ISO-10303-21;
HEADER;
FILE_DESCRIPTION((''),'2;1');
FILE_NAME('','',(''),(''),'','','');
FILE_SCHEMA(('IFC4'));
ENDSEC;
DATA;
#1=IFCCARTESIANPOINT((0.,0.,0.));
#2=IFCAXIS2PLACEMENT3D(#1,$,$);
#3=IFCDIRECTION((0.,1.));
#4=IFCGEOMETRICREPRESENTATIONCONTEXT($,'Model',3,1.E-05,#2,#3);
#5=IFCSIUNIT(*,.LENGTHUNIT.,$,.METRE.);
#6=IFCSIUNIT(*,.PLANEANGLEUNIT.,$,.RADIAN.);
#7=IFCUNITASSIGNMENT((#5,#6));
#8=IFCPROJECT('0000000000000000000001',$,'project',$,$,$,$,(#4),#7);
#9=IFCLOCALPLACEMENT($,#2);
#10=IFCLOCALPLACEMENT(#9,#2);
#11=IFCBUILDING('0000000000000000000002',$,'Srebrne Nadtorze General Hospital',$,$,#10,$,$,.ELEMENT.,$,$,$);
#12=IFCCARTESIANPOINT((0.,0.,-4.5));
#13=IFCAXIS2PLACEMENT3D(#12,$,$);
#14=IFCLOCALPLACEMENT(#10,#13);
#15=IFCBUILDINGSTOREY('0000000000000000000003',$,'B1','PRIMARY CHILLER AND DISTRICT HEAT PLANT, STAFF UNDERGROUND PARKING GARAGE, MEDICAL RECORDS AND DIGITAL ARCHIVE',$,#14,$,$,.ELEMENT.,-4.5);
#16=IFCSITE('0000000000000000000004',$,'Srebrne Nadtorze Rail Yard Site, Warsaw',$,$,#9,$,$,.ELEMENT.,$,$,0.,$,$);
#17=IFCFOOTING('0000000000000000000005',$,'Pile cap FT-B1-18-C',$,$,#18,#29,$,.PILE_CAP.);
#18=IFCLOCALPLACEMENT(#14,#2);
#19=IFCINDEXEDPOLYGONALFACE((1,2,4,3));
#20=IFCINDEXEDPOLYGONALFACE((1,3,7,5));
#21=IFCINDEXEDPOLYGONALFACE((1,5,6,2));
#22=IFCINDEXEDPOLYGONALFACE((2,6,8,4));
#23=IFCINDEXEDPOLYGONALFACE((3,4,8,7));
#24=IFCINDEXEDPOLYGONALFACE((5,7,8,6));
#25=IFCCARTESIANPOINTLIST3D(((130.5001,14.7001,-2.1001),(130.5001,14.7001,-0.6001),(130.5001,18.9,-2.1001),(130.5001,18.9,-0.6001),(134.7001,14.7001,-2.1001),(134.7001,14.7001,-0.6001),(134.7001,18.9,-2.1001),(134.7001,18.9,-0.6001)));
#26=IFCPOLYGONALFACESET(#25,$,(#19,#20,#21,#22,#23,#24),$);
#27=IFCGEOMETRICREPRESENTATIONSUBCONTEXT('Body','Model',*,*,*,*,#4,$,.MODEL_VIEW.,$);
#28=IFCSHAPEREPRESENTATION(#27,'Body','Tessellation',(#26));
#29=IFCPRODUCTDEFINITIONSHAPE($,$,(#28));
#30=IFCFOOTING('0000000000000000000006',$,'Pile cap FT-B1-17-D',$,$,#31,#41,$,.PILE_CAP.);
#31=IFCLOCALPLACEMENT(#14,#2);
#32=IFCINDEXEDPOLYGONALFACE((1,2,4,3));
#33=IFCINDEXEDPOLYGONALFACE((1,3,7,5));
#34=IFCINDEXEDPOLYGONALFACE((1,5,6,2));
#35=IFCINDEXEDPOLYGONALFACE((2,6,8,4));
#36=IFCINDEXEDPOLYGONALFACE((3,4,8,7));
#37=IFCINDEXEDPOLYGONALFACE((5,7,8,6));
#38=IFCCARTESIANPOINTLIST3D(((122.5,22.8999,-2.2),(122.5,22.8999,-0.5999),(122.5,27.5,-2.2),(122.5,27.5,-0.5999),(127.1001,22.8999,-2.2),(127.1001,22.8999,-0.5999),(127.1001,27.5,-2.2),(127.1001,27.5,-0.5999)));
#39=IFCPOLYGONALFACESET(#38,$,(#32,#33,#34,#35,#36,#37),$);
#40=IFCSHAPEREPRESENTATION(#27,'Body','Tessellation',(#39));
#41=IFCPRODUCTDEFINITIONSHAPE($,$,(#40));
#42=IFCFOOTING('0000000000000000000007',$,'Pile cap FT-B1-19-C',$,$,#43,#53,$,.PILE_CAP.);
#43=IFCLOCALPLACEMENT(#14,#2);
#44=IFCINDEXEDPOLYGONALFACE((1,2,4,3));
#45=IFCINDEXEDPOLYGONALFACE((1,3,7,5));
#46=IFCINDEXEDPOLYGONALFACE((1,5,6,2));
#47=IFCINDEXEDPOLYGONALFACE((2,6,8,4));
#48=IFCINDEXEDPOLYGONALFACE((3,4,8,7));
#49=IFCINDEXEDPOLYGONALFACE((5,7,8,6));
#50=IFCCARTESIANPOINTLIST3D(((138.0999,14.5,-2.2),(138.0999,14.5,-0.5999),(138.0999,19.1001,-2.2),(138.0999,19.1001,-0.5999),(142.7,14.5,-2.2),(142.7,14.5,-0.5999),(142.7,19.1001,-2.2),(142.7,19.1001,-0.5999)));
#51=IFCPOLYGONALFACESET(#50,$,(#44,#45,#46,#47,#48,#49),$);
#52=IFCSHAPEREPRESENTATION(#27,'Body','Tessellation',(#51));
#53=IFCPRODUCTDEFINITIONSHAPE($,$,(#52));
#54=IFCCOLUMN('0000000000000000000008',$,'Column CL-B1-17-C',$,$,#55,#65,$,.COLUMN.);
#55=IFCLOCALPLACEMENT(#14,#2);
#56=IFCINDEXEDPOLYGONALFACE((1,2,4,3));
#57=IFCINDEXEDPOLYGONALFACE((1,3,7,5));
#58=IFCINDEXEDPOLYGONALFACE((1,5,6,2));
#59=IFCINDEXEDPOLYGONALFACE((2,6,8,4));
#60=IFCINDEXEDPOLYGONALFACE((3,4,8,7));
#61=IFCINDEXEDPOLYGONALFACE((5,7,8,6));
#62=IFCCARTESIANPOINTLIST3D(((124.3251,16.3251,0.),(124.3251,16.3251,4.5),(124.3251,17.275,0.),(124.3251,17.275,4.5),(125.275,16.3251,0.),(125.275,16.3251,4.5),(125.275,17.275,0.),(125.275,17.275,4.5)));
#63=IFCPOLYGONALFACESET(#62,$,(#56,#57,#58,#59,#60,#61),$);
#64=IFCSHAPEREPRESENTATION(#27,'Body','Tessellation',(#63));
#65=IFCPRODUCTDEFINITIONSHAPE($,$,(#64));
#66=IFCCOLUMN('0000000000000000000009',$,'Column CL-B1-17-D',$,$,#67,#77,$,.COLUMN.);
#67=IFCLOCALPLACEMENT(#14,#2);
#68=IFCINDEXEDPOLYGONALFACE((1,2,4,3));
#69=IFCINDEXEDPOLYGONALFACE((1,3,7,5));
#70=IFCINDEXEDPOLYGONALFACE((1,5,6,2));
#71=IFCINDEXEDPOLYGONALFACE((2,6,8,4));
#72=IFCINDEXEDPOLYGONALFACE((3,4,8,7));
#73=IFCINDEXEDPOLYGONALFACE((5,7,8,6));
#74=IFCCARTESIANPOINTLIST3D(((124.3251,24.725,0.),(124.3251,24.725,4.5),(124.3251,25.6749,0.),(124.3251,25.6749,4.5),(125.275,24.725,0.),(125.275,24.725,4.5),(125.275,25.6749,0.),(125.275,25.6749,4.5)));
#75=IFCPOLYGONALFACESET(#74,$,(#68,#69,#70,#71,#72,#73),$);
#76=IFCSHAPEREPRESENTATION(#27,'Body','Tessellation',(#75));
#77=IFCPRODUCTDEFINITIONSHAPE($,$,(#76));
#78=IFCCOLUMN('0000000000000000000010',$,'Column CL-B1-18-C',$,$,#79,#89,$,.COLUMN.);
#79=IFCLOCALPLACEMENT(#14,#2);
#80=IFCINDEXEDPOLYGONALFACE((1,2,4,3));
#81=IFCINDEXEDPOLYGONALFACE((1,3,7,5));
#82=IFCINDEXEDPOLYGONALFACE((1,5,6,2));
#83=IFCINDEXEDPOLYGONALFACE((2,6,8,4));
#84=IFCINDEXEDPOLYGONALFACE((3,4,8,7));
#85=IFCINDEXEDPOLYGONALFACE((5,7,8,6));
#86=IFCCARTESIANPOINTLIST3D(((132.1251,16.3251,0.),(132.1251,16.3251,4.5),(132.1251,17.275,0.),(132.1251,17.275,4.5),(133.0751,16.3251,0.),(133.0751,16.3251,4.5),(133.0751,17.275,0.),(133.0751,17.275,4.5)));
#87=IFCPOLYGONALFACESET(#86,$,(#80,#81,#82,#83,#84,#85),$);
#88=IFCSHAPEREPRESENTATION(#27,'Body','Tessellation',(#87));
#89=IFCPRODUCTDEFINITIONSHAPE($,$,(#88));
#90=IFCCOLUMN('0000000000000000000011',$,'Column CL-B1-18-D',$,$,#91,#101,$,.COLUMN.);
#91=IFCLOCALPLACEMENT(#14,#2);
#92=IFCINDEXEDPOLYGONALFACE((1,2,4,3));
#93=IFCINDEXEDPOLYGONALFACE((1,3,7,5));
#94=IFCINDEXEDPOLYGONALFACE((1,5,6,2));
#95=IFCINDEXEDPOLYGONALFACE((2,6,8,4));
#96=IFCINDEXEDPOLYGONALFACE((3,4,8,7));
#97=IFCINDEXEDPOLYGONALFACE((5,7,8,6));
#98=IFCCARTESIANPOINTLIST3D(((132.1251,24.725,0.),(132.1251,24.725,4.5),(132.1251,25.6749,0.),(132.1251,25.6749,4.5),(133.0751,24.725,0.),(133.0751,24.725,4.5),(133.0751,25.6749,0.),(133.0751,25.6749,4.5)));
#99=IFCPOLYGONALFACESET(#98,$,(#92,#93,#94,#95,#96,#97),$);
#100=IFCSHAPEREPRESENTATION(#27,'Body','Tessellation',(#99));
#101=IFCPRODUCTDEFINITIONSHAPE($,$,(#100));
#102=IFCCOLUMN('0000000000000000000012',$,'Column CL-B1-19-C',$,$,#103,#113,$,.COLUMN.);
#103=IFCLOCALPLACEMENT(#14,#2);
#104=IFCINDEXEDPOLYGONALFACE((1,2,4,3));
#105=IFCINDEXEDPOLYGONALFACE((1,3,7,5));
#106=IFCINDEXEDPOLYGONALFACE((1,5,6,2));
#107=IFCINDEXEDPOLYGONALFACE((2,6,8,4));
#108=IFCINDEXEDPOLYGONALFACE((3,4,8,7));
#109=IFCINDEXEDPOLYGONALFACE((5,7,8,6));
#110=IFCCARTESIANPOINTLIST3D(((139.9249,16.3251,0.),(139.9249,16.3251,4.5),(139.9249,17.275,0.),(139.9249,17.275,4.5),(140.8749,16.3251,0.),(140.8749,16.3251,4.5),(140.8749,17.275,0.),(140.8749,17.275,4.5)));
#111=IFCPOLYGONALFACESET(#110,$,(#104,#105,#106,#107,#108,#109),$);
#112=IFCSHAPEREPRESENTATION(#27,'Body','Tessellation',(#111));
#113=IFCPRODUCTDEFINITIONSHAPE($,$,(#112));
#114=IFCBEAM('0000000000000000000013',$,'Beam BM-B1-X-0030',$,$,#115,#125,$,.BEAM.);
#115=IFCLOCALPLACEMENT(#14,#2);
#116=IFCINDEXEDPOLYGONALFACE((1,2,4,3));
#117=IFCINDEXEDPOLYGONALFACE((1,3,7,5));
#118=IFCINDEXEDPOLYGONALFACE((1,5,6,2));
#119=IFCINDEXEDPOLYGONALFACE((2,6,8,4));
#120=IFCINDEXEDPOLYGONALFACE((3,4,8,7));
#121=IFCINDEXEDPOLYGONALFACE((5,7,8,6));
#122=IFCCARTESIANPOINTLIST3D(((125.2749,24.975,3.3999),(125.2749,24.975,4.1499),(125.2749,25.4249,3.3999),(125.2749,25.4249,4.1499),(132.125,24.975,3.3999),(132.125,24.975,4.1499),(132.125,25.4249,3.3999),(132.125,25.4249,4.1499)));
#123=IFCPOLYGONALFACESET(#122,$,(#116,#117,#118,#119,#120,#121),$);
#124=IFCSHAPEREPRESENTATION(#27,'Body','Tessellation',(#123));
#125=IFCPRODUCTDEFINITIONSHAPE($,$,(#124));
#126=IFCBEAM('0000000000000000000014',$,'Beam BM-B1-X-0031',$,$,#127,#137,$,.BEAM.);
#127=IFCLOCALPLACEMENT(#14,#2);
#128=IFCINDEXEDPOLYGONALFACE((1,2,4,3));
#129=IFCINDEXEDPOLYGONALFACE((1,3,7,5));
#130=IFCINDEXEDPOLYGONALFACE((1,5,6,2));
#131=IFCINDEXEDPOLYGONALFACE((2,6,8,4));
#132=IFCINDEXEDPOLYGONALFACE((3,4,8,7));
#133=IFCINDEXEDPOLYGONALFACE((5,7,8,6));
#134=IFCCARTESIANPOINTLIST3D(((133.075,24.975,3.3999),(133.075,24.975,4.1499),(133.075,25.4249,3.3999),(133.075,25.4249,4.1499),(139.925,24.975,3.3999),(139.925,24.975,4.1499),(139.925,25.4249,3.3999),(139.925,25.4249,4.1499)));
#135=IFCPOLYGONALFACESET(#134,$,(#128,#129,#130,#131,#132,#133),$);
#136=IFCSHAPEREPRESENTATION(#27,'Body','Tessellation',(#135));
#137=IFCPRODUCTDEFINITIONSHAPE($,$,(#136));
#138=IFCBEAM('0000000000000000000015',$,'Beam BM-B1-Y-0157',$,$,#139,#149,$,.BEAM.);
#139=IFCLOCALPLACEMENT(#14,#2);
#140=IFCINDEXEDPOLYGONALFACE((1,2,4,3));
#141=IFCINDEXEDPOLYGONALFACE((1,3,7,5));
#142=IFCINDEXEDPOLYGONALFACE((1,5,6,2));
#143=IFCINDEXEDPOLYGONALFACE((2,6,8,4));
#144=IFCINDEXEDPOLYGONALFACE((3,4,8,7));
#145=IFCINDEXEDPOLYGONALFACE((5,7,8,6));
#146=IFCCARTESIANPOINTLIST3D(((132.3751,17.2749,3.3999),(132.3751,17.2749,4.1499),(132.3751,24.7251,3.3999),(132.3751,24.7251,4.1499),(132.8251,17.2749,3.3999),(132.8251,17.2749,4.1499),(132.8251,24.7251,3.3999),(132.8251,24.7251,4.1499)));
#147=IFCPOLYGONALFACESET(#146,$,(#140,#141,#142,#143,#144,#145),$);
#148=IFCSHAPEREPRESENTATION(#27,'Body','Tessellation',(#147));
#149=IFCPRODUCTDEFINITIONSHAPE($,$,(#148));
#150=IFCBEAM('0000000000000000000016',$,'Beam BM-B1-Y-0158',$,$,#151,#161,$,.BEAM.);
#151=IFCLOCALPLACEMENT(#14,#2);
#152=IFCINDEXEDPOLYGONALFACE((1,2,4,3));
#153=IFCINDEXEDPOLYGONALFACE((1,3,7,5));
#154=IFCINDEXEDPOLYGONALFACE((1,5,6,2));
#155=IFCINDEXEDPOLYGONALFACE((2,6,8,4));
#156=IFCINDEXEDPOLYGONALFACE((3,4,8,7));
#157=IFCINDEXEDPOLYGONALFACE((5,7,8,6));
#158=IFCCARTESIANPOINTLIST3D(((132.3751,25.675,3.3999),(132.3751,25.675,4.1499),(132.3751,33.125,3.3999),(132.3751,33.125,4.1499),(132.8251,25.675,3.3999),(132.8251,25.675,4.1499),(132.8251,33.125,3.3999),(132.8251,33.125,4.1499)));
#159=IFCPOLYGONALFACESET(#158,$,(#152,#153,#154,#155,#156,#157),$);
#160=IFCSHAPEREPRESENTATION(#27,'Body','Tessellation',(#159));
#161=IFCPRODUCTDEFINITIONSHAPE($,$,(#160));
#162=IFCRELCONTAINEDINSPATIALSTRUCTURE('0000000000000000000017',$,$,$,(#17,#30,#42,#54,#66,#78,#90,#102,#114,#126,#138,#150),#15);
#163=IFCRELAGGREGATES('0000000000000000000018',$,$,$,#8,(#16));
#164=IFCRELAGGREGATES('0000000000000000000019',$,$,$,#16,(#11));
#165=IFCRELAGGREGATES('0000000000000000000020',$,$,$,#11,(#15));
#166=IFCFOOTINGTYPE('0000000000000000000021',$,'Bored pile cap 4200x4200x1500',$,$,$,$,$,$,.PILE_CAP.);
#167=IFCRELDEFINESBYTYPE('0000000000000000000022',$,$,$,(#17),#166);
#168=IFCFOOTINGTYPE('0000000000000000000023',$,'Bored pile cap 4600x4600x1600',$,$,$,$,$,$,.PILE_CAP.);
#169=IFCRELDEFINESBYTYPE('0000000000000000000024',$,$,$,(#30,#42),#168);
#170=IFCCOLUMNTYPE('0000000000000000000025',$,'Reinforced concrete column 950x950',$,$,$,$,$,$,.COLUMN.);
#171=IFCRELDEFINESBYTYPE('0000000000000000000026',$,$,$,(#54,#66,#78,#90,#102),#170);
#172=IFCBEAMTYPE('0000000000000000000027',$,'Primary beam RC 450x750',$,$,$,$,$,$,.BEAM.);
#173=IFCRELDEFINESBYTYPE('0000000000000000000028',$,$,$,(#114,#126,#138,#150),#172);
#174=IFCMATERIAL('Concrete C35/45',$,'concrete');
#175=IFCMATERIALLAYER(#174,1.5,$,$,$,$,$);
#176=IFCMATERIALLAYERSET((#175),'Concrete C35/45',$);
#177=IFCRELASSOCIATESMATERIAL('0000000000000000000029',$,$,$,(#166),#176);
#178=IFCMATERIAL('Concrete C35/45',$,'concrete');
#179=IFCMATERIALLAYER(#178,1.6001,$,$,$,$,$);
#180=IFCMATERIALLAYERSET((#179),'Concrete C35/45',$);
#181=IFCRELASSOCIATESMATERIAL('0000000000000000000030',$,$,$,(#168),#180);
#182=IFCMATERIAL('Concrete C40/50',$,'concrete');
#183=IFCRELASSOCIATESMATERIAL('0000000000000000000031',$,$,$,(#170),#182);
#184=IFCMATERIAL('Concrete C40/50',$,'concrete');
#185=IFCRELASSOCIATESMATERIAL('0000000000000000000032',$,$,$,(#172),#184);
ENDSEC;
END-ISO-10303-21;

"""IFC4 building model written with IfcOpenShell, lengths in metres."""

from ifc_helpers import new_model, si_unit, direction, frame, origin, origin_2d, place, context, subcontext, project, spatial, rectangle, extrude, material, layer, layer_set, material_profile, profile_set, type_object, element, save


model = new_model("IFC4")

# Units and contexts
model_context = context("Model", 3, precision=1e-05, world=origin(), true_north=direction((0.0, 1.0)))
body_context = subcontext(model_context, "Body", "Model", "MODEL_VIEW")
ifc_project = project(units=[si_unit("LENGTHUNIT", "METRE"), si_unit("PLANEANGLEUNIT", "RADIAN")], contexts=[model_context])

# Site, building, storey
site_placement = place(None, origin())
site = spatial("IfcSite", under=ifc_project, at=site_placement, Name="Srebrne Nadtorze Rail Yard Site, Warsaw", CompositionType="ELEMENT", RefElevation=0.0)
building_placement = place(site_placement, origin())
building = spatial("IfcBuilding", under=site, at=building_placement, Name="Srebrne Nadtorze General Hospital", CompositionType="ELEMENT")
storey_placement = place(building_placement, frame((0.0, 0.0, -4.5)))
storey = spatial("IfcBuildingStorey", under=building, at=storey_placement, Name="B1", Description="PRIMARY CHILLER AND DISTRICT HEAT PLANT, STAFF UNDERGROUND PARKING GARAGE, MEDICAL RECORDS AND DIGITAL ARCHIVE", CompositionType="ELEMENT", Elevation=-4.5)

# Footings
ifc_material_1 = material(Name="Concrete C35/45", Category="concrete")
ifc_layer_1 = layer(ifc_material_1, 1.5)
ifc_layer_set_1 = layer_set([ifc_layer_1], Name="Concrete C35/45")
footing_type_1 = type_object("IfcFootingType", Name="Bored pile cap 4200x4200x1500", PredefinedType="PILE_CAP", material=ifc_layer_set_1)
footing_1_placement = place(storey_placement, frame((132.6001, 16.8, -2.1001), z_axis=(0.0, 0.0, 1.0), x_axis=(1.0, 0.0, 0.0)))
element("IfcFooting", 1, at=footing_1_placement, inside=storey, type_object=footing_type_1, Name="Pile cap FT-B1-18-C", PredefinedType="PILE_CAP", context=body_context, shape_type="SweptSolid", body=[
    extrude(rectangle(XDim=4.2, YDim=4.2, at=origin_2d()), origin(), (0.0, 0.0, 1.0), 1.5),
])
ifc_material_2 = material(Name="Concrete C35/45", Category="concrete")
ifc_layer_2 = layer(ifc_material_2, 1.6001)
ifc_layer_set_2 = layer_set([ifc_layer_2], Name="Concrete C35/45")
footing_type_2 = type_object("IfcFootingType", Name="Bored pile cap 4600x4600x1600", PredefinedType="PILE_CAP", material=ifc_layer_set_2)
for number, where, z_axis, x_axis, name in (
    (2, (124.8, 25.2, -2.2), (0.0, 0.0, 1.0), (1.0, 0.0, 0.0), "Pile cap FT-B1-17-D"),
    (3, (140.3999, 16.8, -2.2), (0.0, 0.0, 1.0), (1.0, 0.0, 0.0), "Pile cap FT-B1-19-C"),
):
    element("IfcFooting", number, at=place(storey_placement, frame(where, z_axis=z_axis, x_axis=x_axis)), inside=storey, type_object=footing_type_2, Name=name, PredefinedType="PILE_CAP", context=body_context, shape_type="SweptSolid", body=[
        extrude(rectangle(XDim=4.6001, YDim=4.6001, at=origin_2d()), origin(), (0.0, 0.0, 1.0), 1.6001),
    ])

# Columns
ifc_material_3 = material(Name="Concrete C40/50", Category="concrete")
ifc_material_profile_1 = material_profile(ifc_material_3, rectangle(XDim=0.95, YDim=0.95, at=origin_2d()), Name="RC-COL-950x950")
ifc_profile_set_1 = profile_set([ifc_material_profile_1], Name="Concrete C40/50")
column_type = type_object("IfcColumnType", Name="Reinforced concrete column 950x950", PredefinedType="COLUMN", material=ifc_profile_set_1)
for number, where, z_axis, x_axis, name in (
    (4, (124.8, 16.8, 0.0), (0.0, 0.0, 1.0), (1.0, 0.0, 0.0), "Column CL-B1-17-C"),
    (5, (124.8, 25.2, 0.0), (0.0, 0.0, 1.0), (1.0, 0.0, 0.0), "Column CL-B1-17-D"),
    (6, (132.6001, 16.8, 0.0), (0.0, 0.0, 1.0), (1.0, 0.0, 0.0), "Column CL-B1-18-C"),
    (7, (132.6001, 25.2, 0.0), (0.0, 0.0, 1.0), (1.0, 0.0, 0.0), "Column CL-B1-18-D"),
    (8, (140.3999, 16.8, 0.0), (0.0, 0.0, 1.0), (1.0, 0.0, 0.0), "Column CL-B1-19-C"),
):
    element("IfcColumn", number, at=place(storey_placement, frame(where, z_axis=z_axis, x_axis=x_axis)), inside=storey, type_object=column_type, Name=name, PredefinedType="COLUMN", context=body_context, shape_type="SweptSolid", body=[
        extrude(rectangle(XDim=0.95, YDim=0.95, at=origin_2d()), origin(), (0.0, 0.0, 1.0), 4.5),
    ])

# Beams
ifc_material_4 = material(Name="Concrete C40/50", Category="concrete")
ifc_material_profile_2 = material_profile(ifc_material_4, rectangle(XDim=0.45, YDim=0.75, at=origin_2d()), Name="RC-BM-450x750")
ifc_profile_set_2 = profile_set([ifc_material_profile_2], Name="Concrete C40/50")
beam_type = type_object("IfcBeamType", Name="Primary beam RC 450x750", PredefinedType="BEAM", material=ifc_profile_set_2)
for number, where, z_axis, x_axis, name in (
    (9, (125.2749, 25.2, 3.7749), (1.0, 0.0, 0.0), (0.0, 1.0, 0.0), "Beam BM-B1-X-0030"),
    (10, (133.075, 25.2, 3.7749), (1.0, 0.0, 0.0), (0.0, 1.0, 0.0), "Beam BM-B1-X-0031"),
):
    element("IfcBeam", number, at=place(storey_placement, frame(where, z_axis=z_axis, x_axis=x_axis)), inside=storey, type_object=beam_type, Name=name, PredefinedType="BEAM", context=body_context, shape_type="SweptSolid", body=[
        extrude(rectangle(XDim=0.45, YDim=0.75, at=origin_2d()), origin(), (0.0, 0.0, 1.0), 6.8501),
    ])
beam_1_placement = place(storey_placement, frame((132.6001, 17.2749, 3.7749), z_axis=(0.0, 1.0, 0.0), x_axis=(-1.0, 0.0, 0.0)))
element("IfcBeam", 11, at=beam_1_placement, inside=storey, type_object=beam_type, Name="Beam BM-B1-Y-0157", PredefinedType="BEAM", context=body_context, shape_type="SweptSolid", body=[
    extrude(rectangle(XDim=0.45, YDim=0.75, at=origin_2d()), origin(), (0.0, 0.0, 1.0), 7.4502),
])
beam_2_placement = place(storey_placement, frame((132.6001, 25.675, 3.7749), z_axis=(0.0, 1.0, 0.0), x_axis=(-1.0, 0.0, 0.0)))
element("IfcBeam", 12, at=beam_2_placement, inside=storey, type_object=beam_type, Name="Beam BM-B1-Y-0158", PredefinedType="BEAM", context=body_context, shape_type="SweptSolid", body=[
    extrude(rectangle(XDim=0.45, YDim=0.75, at=origin_2d()), origin(), (0.0, 0.0, 1.0), 7.45),
])

save(model, "model.ifc")
